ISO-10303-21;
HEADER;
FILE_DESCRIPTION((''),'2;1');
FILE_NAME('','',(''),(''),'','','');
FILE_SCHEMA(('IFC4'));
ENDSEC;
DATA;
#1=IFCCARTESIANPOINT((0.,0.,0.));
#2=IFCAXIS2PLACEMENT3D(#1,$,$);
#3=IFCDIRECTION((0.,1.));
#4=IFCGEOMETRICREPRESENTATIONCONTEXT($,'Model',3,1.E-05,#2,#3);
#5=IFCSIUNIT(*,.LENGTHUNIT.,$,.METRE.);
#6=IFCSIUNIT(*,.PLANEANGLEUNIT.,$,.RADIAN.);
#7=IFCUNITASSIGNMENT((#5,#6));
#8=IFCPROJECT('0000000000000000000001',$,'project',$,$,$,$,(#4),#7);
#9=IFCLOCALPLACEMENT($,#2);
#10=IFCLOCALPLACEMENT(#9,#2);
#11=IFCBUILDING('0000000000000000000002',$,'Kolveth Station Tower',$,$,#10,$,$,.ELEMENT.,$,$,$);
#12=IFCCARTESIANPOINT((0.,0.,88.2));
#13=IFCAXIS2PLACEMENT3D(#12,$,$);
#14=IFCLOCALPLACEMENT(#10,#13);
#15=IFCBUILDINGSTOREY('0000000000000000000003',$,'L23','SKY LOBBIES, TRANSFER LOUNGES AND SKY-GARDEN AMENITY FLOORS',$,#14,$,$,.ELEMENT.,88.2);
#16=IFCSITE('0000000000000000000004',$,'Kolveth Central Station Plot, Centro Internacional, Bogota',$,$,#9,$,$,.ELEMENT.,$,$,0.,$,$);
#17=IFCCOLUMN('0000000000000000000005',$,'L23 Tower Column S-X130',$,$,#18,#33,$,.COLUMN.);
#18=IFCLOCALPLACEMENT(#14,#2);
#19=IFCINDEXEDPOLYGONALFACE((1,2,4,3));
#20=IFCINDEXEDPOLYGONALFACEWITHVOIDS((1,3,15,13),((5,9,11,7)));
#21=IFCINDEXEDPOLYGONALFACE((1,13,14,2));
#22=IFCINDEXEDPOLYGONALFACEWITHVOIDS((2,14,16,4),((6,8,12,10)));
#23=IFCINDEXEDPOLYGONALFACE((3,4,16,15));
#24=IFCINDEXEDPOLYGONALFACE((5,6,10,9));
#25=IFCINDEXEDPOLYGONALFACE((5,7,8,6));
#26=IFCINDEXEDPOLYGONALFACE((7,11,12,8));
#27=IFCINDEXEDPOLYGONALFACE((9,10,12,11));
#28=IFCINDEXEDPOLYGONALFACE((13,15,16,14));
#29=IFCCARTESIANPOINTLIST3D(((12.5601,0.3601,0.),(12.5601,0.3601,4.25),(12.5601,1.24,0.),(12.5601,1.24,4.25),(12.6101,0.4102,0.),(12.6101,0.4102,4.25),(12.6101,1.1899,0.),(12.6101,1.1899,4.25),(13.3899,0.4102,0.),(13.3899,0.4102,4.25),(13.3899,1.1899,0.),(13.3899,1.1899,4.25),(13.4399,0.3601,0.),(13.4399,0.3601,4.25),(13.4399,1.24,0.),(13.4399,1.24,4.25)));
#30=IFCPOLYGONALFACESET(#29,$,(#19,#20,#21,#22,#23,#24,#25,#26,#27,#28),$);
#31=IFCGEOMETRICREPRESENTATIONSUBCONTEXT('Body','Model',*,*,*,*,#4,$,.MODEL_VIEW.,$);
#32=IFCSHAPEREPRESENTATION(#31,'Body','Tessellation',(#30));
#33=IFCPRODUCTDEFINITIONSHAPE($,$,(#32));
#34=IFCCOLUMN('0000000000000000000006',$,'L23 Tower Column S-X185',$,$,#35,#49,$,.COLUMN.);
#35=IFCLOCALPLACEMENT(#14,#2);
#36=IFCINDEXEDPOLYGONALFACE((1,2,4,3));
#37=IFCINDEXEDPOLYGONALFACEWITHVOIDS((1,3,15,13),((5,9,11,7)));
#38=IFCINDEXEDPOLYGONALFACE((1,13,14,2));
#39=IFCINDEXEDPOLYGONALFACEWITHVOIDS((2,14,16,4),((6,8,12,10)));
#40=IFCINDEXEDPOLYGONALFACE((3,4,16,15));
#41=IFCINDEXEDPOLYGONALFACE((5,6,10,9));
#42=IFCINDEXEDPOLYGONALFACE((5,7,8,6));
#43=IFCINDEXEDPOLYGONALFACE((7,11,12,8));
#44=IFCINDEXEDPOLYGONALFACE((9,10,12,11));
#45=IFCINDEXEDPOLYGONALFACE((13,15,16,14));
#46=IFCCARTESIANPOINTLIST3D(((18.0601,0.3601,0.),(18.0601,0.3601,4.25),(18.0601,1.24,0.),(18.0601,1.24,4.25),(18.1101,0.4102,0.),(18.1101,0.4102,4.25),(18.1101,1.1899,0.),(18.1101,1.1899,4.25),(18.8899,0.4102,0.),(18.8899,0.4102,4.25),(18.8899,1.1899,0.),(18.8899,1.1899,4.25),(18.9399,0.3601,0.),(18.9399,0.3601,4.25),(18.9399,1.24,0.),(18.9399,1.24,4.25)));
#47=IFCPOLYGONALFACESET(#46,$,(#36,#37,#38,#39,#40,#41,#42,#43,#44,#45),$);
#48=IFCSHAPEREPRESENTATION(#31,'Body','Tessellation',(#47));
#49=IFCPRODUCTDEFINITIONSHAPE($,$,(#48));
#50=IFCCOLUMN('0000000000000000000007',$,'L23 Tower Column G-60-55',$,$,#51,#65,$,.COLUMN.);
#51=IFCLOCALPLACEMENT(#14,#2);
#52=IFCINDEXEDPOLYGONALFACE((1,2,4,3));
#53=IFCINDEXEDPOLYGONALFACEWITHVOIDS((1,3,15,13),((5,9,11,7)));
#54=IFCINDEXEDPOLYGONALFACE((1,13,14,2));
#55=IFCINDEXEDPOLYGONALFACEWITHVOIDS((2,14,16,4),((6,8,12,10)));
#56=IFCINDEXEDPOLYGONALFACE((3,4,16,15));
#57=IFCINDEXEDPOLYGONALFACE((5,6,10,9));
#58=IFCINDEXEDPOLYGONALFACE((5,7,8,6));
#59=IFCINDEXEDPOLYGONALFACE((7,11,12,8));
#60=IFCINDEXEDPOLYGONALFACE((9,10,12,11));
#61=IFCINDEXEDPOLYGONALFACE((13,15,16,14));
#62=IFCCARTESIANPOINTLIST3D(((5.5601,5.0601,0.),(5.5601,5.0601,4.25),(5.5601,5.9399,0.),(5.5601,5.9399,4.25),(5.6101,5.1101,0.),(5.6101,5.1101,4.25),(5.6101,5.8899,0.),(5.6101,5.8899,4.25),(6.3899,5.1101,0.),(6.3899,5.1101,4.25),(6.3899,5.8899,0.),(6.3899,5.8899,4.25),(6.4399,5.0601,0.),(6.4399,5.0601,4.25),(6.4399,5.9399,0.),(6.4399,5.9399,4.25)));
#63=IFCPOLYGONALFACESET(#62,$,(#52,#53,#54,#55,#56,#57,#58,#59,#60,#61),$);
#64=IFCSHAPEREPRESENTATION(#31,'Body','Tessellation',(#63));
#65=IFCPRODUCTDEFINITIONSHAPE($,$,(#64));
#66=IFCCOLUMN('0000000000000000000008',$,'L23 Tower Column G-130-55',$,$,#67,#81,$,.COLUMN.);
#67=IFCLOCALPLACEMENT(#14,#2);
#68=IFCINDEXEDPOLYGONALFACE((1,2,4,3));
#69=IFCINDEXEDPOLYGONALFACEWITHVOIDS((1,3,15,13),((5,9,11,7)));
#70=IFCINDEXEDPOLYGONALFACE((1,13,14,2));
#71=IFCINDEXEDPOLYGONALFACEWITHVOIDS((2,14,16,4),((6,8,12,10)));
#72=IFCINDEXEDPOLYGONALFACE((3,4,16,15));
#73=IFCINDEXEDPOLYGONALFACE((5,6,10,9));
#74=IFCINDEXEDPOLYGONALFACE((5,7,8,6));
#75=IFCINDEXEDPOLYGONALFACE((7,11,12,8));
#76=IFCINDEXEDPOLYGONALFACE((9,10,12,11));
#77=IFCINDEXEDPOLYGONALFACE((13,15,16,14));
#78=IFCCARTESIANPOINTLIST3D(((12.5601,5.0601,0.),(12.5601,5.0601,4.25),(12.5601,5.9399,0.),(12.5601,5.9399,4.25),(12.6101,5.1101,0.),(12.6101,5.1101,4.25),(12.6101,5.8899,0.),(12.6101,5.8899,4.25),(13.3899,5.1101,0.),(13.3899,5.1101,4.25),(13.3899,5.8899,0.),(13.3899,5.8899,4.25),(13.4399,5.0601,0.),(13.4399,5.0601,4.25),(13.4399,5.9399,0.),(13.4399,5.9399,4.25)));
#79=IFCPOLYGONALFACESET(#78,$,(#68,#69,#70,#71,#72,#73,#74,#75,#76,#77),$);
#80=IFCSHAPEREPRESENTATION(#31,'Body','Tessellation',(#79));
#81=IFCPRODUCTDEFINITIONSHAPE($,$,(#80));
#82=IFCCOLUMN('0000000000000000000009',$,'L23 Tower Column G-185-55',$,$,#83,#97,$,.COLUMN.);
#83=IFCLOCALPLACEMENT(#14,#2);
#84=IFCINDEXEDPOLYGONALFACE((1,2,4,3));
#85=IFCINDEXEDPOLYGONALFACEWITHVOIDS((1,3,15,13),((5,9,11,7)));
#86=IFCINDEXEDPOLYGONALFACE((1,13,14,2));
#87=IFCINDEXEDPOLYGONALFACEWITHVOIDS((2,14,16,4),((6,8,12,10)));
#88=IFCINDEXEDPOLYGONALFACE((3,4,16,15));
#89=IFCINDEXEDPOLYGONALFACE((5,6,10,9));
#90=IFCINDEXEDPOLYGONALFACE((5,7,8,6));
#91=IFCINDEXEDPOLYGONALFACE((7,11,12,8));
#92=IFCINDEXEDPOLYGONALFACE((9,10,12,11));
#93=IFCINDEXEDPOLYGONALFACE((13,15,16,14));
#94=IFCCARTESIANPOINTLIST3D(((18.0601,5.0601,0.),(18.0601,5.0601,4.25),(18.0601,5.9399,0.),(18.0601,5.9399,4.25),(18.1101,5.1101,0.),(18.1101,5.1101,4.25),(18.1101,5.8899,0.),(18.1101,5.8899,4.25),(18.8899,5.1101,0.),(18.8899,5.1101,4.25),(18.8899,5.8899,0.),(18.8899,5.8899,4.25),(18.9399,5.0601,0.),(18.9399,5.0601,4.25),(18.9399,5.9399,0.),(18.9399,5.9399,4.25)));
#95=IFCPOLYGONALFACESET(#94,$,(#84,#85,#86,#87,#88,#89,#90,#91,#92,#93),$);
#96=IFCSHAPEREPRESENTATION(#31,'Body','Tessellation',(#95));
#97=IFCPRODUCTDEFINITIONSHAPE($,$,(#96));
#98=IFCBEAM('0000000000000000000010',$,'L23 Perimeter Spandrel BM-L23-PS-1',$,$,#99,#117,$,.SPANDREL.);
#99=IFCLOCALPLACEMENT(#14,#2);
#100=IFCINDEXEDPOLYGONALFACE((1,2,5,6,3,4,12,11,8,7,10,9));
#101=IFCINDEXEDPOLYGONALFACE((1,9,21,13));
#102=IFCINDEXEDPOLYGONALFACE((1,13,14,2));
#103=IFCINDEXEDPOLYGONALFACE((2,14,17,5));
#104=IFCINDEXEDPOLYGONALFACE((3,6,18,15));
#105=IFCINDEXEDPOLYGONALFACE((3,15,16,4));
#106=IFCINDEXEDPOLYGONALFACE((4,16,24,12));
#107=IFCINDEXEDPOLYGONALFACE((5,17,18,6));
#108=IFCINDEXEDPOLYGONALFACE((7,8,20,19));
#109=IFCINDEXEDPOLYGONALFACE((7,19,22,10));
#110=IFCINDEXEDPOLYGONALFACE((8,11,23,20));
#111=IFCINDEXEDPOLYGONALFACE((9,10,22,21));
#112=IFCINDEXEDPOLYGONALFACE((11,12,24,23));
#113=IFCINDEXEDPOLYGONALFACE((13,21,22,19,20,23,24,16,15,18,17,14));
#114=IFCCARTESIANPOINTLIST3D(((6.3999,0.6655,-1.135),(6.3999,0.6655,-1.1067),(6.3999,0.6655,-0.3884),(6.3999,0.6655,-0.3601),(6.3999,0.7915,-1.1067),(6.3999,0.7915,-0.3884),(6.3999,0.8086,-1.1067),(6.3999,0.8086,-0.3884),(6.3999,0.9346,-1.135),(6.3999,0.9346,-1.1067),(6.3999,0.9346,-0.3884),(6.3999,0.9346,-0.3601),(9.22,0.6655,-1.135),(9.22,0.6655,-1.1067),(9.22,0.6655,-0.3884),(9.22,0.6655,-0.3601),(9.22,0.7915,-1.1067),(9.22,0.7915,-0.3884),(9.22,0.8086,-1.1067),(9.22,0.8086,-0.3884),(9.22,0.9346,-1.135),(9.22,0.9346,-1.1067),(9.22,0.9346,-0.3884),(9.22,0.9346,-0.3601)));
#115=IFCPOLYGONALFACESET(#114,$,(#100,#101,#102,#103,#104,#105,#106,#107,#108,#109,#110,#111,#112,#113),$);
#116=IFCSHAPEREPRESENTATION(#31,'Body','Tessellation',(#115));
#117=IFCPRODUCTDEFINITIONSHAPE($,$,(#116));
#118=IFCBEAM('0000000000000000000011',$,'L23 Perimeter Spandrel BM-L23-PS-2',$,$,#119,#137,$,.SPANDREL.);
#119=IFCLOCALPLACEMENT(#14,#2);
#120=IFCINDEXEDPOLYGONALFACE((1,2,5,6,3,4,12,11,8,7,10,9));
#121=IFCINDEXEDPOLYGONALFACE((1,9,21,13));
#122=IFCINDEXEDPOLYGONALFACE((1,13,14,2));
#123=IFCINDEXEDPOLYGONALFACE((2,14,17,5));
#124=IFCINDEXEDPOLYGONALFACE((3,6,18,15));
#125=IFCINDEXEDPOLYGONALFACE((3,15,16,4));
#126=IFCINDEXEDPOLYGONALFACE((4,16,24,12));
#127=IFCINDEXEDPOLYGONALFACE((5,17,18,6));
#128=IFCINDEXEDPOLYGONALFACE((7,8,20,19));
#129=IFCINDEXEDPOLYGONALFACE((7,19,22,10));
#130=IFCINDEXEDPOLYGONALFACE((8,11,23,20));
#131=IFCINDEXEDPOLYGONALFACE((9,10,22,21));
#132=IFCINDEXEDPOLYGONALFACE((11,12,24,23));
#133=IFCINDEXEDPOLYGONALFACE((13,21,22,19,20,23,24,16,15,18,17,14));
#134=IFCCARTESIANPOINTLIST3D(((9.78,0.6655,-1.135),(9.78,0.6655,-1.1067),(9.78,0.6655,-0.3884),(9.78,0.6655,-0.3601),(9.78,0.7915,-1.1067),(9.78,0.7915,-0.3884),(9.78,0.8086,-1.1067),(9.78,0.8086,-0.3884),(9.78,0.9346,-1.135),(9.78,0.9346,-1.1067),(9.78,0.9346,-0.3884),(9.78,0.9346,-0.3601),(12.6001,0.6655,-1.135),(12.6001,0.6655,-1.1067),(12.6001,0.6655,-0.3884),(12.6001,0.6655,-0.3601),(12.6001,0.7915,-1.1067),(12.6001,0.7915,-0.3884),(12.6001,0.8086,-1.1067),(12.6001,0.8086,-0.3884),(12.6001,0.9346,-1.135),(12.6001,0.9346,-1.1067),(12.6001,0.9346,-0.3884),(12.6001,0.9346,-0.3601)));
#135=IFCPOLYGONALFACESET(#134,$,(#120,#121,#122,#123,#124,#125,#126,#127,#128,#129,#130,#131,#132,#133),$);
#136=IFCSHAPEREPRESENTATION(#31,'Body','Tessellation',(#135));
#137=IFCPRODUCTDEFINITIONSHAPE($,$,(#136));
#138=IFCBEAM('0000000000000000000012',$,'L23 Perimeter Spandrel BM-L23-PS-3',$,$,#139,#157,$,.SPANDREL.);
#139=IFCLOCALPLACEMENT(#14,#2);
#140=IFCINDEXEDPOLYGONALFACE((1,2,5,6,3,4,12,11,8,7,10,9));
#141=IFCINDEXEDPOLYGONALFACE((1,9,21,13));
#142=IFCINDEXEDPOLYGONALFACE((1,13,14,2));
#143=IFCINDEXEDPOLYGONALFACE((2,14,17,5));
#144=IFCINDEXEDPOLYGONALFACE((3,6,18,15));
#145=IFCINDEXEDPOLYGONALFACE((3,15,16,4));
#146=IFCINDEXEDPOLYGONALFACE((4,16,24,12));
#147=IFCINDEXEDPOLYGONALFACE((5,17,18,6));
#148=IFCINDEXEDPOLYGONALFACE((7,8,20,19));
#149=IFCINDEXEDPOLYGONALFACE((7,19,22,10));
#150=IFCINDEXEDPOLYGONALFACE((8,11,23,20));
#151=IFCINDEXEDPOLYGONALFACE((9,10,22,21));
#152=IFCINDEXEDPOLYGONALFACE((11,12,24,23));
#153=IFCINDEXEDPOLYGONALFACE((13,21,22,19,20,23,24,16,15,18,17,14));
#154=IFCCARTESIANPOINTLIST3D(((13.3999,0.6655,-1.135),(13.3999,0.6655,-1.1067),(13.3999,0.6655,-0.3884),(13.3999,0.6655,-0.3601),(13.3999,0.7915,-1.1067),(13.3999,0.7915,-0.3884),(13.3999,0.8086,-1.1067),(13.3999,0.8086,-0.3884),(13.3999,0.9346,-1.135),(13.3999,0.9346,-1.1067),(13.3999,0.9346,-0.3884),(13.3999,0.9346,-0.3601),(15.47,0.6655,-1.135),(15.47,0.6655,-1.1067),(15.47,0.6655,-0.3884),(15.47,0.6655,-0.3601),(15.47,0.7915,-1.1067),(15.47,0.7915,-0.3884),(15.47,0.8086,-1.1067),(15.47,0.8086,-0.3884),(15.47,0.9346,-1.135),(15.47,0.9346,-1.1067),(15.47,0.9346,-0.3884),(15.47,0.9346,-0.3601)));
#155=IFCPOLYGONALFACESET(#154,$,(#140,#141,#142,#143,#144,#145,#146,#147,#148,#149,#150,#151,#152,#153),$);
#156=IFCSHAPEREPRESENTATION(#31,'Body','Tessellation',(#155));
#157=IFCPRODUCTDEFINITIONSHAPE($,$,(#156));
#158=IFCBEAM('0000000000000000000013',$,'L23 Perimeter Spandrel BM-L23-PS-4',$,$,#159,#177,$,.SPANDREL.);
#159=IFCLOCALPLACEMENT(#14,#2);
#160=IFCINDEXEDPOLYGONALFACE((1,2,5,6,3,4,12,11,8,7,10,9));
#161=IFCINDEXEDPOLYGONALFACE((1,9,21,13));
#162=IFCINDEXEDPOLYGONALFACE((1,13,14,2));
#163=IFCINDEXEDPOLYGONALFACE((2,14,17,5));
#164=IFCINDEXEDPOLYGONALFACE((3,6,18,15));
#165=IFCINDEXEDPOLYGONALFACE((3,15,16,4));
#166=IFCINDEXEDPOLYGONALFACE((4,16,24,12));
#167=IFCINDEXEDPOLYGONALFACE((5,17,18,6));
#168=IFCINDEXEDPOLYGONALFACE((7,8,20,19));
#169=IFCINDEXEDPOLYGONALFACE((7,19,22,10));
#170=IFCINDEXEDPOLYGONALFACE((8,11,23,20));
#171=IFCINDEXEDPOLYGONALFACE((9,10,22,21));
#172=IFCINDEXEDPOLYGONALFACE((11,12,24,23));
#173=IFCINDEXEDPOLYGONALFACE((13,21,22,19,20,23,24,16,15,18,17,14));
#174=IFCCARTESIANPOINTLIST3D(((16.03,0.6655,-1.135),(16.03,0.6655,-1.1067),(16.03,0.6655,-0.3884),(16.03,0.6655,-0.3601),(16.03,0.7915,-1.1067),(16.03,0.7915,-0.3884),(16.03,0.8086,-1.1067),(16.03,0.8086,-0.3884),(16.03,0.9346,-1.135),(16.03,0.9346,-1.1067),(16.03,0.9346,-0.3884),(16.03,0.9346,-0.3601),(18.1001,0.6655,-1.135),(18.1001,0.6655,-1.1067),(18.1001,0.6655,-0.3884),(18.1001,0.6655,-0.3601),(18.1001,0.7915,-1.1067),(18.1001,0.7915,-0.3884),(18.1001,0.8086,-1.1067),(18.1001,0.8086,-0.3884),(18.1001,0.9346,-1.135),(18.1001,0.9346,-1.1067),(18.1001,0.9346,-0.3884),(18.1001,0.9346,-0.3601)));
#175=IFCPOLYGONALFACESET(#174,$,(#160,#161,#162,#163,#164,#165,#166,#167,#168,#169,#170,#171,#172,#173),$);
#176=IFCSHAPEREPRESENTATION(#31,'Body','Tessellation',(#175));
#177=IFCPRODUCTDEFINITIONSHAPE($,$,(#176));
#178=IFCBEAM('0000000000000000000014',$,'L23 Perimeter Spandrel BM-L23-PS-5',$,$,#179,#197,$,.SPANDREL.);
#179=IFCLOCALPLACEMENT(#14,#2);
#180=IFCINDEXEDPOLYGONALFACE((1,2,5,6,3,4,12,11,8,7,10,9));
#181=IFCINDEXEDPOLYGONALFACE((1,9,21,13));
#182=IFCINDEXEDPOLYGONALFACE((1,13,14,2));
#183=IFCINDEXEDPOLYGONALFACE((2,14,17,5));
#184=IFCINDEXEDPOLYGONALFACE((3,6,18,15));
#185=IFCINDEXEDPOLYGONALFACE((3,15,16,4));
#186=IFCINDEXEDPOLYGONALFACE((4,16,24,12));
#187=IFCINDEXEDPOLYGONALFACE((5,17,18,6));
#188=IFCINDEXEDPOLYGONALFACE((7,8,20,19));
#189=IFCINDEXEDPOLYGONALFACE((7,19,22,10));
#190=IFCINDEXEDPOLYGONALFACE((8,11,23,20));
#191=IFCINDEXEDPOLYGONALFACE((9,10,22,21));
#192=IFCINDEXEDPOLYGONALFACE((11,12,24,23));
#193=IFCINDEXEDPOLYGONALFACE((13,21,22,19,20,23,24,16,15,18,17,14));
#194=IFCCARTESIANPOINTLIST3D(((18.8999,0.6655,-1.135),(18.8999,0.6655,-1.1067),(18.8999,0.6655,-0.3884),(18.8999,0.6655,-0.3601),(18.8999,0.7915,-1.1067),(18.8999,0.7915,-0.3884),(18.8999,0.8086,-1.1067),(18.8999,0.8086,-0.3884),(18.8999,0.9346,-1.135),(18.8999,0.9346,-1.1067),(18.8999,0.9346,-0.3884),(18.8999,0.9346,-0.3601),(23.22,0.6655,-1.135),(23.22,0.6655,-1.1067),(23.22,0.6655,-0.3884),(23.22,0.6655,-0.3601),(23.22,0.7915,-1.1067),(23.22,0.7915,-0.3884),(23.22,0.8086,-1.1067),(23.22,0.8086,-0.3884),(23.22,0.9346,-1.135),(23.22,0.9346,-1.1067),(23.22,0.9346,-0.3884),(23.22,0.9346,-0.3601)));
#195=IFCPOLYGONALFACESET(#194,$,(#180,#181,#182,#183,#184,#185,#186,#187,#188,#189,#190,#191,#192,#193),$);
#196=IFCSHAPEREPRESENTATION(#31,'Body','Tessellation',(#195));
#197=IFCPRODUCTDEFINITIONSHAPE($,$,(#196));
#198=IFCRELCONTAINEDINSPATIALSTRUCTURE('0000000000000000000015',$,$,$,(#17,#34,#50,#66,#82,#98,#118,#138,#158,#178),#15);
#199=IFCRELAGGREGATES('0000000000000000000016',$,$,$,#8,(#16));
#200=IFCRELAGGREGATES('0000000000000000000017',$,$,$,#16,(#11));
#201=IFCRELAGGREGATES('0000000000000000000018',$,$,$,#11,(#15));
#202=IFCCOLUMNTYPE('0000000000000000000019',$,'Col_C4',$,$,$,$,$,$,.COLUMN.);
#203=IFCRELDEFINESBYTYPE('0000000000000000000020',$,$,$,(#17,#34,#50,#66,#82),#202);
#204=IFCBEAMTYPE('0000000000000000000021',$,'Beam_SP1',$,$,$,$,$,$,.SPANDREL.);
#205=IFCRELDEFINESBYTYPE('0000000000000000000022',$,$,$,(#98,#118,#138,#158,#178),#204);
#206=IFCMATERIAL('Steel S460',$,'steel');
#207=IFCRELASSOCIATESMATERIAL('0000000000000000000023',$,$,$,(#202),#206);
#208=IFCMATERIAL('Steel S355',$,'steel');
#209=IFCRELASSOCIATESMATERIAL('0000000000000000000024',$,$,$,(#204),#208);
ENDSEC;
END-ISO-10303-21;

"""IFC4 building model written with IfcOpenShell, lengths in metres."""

from ifc_helpers import new_model, si_unit, direction, frame, origin, origin_2d, place, context, subcontext, project, spatial, hollow_rectangle, i_section, extrude, source, transform, mapped, material, material_profile, profile_set, type_object, element, save


model = new_model("IFC4")

# Units and contexts
model_context = context("Model", 3, precision=1e-05, world=origin(), true_north=direction((0.0, 1.0)))
body_context = subcontext(model_context, "Body", "Model", "MODEL_VIEW")
ifc_project = project(units=[si_unit("LENGTHUNIT", "METRE"), si_unit("PLANEANGLEUNIT", "RADIAN")], contexts=[model_context])

# Site, building, storey
site_placement = place(None, origin())
site = spatial("IfcSite", under=ifc_project, at=site_placement, Name="Kolveth Central Station Plot, Centro Internacional, Bogota", CompositionType="ELEMENT", RefElevation=0.0)
building_placement = place(site_placement, origin())
building = spatial("IfcBuilding", under=site, at=building_placement, Name="Kolveth Station Tower", CompositionType="ELEMENT")
storey_placement = place(building_placement, frame((0.0, 0.0, 88.2)))
storey = spatial("IfcBuildingStorey", under=building, at=storey_placement, Name="L23", Description="SKY LOBBIES, TRANSFER LOUNGES AND SKY-GARDEN AMENITY FLOORS", CompositionType="ELEMENT", Elevation=88.2)

# Columns
ifc_material_1 = material(Name="Steel S460", Category="steel")
ifc_material_profile_1 = material_profile(ifc_material_1, hollow_rectangle(XDim=0.8799, YDim=0.8799, WallThickness=0.05, at=origin_2d()), Name="BOX880x880x50")
ifc_profile_set_1 = profile_set([ifc_material_profile_1], Name="Steel S460")
column_type = type_object("IfcColumnType", Name="Col_C4", PredefinedType="COLUMN", material=ifc_profile_set_1)
shared_shape_1 = source(origin(), body_context, "Body", "SweptSolid", [
    extrude(hollow_rectangle(XDim=0.8799, YDim=0.8799, WallThickness=0.05, at=origin_2d()), origin(), (0.0, 0.0, 1.0), 4.25),
])
for number, where, z_axis, x_axis, name in (
    (1, (13.0, 0.8, 0.0), (0.0, 0.0, 1.0), (1.0, 0.0, 0.0), "L23 Tower Column S-X130"),
    (2, (18.5, 0.8, 0.0), (0.0, 0.0, 1.0), (1.0, 0.0, 0.0), "L23 Tower Column S-X185"),
    (3, (6.0, 5.5, 0.0), (0.0, 0.0, 1.0), (1.0, 0.0, 0.0), "L23 Tower Column G-60-55"),
    (4, (13.0, 5.5, 0.0), (0.0, 0.0, 1.0), (1.0, 0.0, 0.0), "L23 Tower Column G-130-55"),
    (5, (18.5, 5.5, 0.0), (0.0, 0.0, 1.0), (1.0, 0.0, 0.0), "L23 Tower Column G-185-55"),
):
    element("IfcColumn", number, at=place(storey_placement, frame(where, z_axis=z_axis, x_axis=x_axis)), inside=storey, type_object=column_type, Name=name, PredefinedType="COLUMN", context=body_context, shape_type="MappedRepresentation", body=[
        mapped(shared_shape_1, transform((0.0, 0.0, 0.0), x_axis=(1.0, 0.0, 0.0), y_axis=(0.0, 1.0, 0.0), z_axis=(0.0, 0.0, 1.0), scale=1.0)),
    ])

# Beams
ifc_material_2 = material(Name="Steel S355", Category="steel")
ifc_material_profile_2 = material_profile(ifc_material_2, i_section(OverallWidth=0.269, OverallDepth=0.7749, WebThickness=0.0171, FlangeThickness=0.0283, at=origin_2d()), Name="W760x220")
ifc_profile_set_2 = profile_set([ifc_material_profile_2], Name="Steel S355")
beam_type_1 = type_object("IfcBeamType", Name="Beam_SP1", PredefinedType="SPANDREL", material=ifc_profile_set_2)
shared_shape_2 = source(origin(), body_context, "Body", "SweptSolid", [
    extrude(i_section(OverallWidth=0.269, OverallDepth=0.7749, WebThickness=0.0171, FlangeThickness=0.0283, at=origin_2d()), origin(), (0.0, 0.0, 1.0), 2.8201),
])
for number, where, z_axis, x_axis, name in (
    (6, (6.3999, 0.8, -0.7476), (1.0, 0.0, 0.0), (0.0, 1.0, 0.0), "L23 Perimeter Spandrel BM-L23-PS-1"),
    (7, (9.78, 0.8, -0.7476), (1.0, 0.0, 0.0), (0.0, 1.0, 0.0), "L23 Perimeter Spandrel BM-L23-PS-2"),
):
    element("IfcBeam", number, at=place(storey_placement, frame(where, z_axis=z_axis, x_axis=x_axis)), inside=storey, type_object=beam_type_1, Name=name, PredefinedType="SPANDREL", context=body_context, shape_type="MappedRepresentation", body=[
        mapped(shared_shape_2, transform((0.0, 0.0, 0.0), x_axis=(1.0, 0.0, 0.0), y_axis=(0.0, 1.0, 0.0), z_axis=(0.0, 0.0, 1.0), scale=1.0)),
    ])
shared_shape_3 = source(origin(), body_context, "Body", "SweptSolid", [
    extrude(i_section(OverallWidth=0.269, OverallDepth=0.7749, WebThickness=0.0171, FlangeThickness=0.0283, at=origin_2d()), origin(), (0.0, 0.0, 1.0), 2.0701),
])
for number, where, z_axis, x_axis, name in (
    (8, (13.3999, 0.8, -0.7476), (1.0, 0.0, 0.0), (0.0, 1.0, 0.0), "L23 Perimeter Spandrel BM-L23-PS-3"),
    (9, (16.03, 0.8, -0.7476), (1.0, 0.0, 0.0), (0.0, 1.0, 0.0), "L23 Perimeter Spandrel BM-L23-PS-4"),
):
    element("IfcBeam", number, at=place(storey_placement, frame(where, z_axis=z_axis, x_axis=x_axis)), inside=storey, type_object=beam_type_1, Name=name, PredefinedType="SPANDREL", context=body_context, shape_type="MappedRepresentation", body=[
        mapped(shared_shape_3, transform((0.0, 0.0, 0.0), x_axis=(1.0, 0.0, 0.0), y_axis=(0.0, 1.0, 0.0), z_axis=(0.0, 0.0, 1.0), scale=1.0)),
    ])
shared_shape_4 = source(origin(), body_context, "Body", "SweptSolid", [
    extrude(i_section(OverallWidth=0.269, OverallDepth=0.7749, WebThickness=0.0171, FlangeThickness=0.0283, at=origin_2d()), origin(), (0.0, 0.0, 1.0), 4.3201),
])
beam_1_placement = place(storey_placement, frame((18.8999, 0.8, -0.7476), z_axis=(1.0, 0.0, 0.0), x_axis=(0.0, 1.0, 0.0)))
element("IfcBeam", 10, at=beam_1_placement, inside=storey, type_object=beam_type_1, Name="L23 Perimeter Spandrel BM-L23-PS-5", PredefinedType="SPANDREL", context=body_context, shape_type="MappedRepresentation", body=[
    mapped(shared_shape_4, transform((0.0, 0.0, 0.0), x_axis=(1.0, 0.0, 0.0), y_axis=(0.0, 1.0, 0.0), z_axis=(0.0, 0.0, 1.0), scale=1.0)),
])

save(model, "model.ifc")
